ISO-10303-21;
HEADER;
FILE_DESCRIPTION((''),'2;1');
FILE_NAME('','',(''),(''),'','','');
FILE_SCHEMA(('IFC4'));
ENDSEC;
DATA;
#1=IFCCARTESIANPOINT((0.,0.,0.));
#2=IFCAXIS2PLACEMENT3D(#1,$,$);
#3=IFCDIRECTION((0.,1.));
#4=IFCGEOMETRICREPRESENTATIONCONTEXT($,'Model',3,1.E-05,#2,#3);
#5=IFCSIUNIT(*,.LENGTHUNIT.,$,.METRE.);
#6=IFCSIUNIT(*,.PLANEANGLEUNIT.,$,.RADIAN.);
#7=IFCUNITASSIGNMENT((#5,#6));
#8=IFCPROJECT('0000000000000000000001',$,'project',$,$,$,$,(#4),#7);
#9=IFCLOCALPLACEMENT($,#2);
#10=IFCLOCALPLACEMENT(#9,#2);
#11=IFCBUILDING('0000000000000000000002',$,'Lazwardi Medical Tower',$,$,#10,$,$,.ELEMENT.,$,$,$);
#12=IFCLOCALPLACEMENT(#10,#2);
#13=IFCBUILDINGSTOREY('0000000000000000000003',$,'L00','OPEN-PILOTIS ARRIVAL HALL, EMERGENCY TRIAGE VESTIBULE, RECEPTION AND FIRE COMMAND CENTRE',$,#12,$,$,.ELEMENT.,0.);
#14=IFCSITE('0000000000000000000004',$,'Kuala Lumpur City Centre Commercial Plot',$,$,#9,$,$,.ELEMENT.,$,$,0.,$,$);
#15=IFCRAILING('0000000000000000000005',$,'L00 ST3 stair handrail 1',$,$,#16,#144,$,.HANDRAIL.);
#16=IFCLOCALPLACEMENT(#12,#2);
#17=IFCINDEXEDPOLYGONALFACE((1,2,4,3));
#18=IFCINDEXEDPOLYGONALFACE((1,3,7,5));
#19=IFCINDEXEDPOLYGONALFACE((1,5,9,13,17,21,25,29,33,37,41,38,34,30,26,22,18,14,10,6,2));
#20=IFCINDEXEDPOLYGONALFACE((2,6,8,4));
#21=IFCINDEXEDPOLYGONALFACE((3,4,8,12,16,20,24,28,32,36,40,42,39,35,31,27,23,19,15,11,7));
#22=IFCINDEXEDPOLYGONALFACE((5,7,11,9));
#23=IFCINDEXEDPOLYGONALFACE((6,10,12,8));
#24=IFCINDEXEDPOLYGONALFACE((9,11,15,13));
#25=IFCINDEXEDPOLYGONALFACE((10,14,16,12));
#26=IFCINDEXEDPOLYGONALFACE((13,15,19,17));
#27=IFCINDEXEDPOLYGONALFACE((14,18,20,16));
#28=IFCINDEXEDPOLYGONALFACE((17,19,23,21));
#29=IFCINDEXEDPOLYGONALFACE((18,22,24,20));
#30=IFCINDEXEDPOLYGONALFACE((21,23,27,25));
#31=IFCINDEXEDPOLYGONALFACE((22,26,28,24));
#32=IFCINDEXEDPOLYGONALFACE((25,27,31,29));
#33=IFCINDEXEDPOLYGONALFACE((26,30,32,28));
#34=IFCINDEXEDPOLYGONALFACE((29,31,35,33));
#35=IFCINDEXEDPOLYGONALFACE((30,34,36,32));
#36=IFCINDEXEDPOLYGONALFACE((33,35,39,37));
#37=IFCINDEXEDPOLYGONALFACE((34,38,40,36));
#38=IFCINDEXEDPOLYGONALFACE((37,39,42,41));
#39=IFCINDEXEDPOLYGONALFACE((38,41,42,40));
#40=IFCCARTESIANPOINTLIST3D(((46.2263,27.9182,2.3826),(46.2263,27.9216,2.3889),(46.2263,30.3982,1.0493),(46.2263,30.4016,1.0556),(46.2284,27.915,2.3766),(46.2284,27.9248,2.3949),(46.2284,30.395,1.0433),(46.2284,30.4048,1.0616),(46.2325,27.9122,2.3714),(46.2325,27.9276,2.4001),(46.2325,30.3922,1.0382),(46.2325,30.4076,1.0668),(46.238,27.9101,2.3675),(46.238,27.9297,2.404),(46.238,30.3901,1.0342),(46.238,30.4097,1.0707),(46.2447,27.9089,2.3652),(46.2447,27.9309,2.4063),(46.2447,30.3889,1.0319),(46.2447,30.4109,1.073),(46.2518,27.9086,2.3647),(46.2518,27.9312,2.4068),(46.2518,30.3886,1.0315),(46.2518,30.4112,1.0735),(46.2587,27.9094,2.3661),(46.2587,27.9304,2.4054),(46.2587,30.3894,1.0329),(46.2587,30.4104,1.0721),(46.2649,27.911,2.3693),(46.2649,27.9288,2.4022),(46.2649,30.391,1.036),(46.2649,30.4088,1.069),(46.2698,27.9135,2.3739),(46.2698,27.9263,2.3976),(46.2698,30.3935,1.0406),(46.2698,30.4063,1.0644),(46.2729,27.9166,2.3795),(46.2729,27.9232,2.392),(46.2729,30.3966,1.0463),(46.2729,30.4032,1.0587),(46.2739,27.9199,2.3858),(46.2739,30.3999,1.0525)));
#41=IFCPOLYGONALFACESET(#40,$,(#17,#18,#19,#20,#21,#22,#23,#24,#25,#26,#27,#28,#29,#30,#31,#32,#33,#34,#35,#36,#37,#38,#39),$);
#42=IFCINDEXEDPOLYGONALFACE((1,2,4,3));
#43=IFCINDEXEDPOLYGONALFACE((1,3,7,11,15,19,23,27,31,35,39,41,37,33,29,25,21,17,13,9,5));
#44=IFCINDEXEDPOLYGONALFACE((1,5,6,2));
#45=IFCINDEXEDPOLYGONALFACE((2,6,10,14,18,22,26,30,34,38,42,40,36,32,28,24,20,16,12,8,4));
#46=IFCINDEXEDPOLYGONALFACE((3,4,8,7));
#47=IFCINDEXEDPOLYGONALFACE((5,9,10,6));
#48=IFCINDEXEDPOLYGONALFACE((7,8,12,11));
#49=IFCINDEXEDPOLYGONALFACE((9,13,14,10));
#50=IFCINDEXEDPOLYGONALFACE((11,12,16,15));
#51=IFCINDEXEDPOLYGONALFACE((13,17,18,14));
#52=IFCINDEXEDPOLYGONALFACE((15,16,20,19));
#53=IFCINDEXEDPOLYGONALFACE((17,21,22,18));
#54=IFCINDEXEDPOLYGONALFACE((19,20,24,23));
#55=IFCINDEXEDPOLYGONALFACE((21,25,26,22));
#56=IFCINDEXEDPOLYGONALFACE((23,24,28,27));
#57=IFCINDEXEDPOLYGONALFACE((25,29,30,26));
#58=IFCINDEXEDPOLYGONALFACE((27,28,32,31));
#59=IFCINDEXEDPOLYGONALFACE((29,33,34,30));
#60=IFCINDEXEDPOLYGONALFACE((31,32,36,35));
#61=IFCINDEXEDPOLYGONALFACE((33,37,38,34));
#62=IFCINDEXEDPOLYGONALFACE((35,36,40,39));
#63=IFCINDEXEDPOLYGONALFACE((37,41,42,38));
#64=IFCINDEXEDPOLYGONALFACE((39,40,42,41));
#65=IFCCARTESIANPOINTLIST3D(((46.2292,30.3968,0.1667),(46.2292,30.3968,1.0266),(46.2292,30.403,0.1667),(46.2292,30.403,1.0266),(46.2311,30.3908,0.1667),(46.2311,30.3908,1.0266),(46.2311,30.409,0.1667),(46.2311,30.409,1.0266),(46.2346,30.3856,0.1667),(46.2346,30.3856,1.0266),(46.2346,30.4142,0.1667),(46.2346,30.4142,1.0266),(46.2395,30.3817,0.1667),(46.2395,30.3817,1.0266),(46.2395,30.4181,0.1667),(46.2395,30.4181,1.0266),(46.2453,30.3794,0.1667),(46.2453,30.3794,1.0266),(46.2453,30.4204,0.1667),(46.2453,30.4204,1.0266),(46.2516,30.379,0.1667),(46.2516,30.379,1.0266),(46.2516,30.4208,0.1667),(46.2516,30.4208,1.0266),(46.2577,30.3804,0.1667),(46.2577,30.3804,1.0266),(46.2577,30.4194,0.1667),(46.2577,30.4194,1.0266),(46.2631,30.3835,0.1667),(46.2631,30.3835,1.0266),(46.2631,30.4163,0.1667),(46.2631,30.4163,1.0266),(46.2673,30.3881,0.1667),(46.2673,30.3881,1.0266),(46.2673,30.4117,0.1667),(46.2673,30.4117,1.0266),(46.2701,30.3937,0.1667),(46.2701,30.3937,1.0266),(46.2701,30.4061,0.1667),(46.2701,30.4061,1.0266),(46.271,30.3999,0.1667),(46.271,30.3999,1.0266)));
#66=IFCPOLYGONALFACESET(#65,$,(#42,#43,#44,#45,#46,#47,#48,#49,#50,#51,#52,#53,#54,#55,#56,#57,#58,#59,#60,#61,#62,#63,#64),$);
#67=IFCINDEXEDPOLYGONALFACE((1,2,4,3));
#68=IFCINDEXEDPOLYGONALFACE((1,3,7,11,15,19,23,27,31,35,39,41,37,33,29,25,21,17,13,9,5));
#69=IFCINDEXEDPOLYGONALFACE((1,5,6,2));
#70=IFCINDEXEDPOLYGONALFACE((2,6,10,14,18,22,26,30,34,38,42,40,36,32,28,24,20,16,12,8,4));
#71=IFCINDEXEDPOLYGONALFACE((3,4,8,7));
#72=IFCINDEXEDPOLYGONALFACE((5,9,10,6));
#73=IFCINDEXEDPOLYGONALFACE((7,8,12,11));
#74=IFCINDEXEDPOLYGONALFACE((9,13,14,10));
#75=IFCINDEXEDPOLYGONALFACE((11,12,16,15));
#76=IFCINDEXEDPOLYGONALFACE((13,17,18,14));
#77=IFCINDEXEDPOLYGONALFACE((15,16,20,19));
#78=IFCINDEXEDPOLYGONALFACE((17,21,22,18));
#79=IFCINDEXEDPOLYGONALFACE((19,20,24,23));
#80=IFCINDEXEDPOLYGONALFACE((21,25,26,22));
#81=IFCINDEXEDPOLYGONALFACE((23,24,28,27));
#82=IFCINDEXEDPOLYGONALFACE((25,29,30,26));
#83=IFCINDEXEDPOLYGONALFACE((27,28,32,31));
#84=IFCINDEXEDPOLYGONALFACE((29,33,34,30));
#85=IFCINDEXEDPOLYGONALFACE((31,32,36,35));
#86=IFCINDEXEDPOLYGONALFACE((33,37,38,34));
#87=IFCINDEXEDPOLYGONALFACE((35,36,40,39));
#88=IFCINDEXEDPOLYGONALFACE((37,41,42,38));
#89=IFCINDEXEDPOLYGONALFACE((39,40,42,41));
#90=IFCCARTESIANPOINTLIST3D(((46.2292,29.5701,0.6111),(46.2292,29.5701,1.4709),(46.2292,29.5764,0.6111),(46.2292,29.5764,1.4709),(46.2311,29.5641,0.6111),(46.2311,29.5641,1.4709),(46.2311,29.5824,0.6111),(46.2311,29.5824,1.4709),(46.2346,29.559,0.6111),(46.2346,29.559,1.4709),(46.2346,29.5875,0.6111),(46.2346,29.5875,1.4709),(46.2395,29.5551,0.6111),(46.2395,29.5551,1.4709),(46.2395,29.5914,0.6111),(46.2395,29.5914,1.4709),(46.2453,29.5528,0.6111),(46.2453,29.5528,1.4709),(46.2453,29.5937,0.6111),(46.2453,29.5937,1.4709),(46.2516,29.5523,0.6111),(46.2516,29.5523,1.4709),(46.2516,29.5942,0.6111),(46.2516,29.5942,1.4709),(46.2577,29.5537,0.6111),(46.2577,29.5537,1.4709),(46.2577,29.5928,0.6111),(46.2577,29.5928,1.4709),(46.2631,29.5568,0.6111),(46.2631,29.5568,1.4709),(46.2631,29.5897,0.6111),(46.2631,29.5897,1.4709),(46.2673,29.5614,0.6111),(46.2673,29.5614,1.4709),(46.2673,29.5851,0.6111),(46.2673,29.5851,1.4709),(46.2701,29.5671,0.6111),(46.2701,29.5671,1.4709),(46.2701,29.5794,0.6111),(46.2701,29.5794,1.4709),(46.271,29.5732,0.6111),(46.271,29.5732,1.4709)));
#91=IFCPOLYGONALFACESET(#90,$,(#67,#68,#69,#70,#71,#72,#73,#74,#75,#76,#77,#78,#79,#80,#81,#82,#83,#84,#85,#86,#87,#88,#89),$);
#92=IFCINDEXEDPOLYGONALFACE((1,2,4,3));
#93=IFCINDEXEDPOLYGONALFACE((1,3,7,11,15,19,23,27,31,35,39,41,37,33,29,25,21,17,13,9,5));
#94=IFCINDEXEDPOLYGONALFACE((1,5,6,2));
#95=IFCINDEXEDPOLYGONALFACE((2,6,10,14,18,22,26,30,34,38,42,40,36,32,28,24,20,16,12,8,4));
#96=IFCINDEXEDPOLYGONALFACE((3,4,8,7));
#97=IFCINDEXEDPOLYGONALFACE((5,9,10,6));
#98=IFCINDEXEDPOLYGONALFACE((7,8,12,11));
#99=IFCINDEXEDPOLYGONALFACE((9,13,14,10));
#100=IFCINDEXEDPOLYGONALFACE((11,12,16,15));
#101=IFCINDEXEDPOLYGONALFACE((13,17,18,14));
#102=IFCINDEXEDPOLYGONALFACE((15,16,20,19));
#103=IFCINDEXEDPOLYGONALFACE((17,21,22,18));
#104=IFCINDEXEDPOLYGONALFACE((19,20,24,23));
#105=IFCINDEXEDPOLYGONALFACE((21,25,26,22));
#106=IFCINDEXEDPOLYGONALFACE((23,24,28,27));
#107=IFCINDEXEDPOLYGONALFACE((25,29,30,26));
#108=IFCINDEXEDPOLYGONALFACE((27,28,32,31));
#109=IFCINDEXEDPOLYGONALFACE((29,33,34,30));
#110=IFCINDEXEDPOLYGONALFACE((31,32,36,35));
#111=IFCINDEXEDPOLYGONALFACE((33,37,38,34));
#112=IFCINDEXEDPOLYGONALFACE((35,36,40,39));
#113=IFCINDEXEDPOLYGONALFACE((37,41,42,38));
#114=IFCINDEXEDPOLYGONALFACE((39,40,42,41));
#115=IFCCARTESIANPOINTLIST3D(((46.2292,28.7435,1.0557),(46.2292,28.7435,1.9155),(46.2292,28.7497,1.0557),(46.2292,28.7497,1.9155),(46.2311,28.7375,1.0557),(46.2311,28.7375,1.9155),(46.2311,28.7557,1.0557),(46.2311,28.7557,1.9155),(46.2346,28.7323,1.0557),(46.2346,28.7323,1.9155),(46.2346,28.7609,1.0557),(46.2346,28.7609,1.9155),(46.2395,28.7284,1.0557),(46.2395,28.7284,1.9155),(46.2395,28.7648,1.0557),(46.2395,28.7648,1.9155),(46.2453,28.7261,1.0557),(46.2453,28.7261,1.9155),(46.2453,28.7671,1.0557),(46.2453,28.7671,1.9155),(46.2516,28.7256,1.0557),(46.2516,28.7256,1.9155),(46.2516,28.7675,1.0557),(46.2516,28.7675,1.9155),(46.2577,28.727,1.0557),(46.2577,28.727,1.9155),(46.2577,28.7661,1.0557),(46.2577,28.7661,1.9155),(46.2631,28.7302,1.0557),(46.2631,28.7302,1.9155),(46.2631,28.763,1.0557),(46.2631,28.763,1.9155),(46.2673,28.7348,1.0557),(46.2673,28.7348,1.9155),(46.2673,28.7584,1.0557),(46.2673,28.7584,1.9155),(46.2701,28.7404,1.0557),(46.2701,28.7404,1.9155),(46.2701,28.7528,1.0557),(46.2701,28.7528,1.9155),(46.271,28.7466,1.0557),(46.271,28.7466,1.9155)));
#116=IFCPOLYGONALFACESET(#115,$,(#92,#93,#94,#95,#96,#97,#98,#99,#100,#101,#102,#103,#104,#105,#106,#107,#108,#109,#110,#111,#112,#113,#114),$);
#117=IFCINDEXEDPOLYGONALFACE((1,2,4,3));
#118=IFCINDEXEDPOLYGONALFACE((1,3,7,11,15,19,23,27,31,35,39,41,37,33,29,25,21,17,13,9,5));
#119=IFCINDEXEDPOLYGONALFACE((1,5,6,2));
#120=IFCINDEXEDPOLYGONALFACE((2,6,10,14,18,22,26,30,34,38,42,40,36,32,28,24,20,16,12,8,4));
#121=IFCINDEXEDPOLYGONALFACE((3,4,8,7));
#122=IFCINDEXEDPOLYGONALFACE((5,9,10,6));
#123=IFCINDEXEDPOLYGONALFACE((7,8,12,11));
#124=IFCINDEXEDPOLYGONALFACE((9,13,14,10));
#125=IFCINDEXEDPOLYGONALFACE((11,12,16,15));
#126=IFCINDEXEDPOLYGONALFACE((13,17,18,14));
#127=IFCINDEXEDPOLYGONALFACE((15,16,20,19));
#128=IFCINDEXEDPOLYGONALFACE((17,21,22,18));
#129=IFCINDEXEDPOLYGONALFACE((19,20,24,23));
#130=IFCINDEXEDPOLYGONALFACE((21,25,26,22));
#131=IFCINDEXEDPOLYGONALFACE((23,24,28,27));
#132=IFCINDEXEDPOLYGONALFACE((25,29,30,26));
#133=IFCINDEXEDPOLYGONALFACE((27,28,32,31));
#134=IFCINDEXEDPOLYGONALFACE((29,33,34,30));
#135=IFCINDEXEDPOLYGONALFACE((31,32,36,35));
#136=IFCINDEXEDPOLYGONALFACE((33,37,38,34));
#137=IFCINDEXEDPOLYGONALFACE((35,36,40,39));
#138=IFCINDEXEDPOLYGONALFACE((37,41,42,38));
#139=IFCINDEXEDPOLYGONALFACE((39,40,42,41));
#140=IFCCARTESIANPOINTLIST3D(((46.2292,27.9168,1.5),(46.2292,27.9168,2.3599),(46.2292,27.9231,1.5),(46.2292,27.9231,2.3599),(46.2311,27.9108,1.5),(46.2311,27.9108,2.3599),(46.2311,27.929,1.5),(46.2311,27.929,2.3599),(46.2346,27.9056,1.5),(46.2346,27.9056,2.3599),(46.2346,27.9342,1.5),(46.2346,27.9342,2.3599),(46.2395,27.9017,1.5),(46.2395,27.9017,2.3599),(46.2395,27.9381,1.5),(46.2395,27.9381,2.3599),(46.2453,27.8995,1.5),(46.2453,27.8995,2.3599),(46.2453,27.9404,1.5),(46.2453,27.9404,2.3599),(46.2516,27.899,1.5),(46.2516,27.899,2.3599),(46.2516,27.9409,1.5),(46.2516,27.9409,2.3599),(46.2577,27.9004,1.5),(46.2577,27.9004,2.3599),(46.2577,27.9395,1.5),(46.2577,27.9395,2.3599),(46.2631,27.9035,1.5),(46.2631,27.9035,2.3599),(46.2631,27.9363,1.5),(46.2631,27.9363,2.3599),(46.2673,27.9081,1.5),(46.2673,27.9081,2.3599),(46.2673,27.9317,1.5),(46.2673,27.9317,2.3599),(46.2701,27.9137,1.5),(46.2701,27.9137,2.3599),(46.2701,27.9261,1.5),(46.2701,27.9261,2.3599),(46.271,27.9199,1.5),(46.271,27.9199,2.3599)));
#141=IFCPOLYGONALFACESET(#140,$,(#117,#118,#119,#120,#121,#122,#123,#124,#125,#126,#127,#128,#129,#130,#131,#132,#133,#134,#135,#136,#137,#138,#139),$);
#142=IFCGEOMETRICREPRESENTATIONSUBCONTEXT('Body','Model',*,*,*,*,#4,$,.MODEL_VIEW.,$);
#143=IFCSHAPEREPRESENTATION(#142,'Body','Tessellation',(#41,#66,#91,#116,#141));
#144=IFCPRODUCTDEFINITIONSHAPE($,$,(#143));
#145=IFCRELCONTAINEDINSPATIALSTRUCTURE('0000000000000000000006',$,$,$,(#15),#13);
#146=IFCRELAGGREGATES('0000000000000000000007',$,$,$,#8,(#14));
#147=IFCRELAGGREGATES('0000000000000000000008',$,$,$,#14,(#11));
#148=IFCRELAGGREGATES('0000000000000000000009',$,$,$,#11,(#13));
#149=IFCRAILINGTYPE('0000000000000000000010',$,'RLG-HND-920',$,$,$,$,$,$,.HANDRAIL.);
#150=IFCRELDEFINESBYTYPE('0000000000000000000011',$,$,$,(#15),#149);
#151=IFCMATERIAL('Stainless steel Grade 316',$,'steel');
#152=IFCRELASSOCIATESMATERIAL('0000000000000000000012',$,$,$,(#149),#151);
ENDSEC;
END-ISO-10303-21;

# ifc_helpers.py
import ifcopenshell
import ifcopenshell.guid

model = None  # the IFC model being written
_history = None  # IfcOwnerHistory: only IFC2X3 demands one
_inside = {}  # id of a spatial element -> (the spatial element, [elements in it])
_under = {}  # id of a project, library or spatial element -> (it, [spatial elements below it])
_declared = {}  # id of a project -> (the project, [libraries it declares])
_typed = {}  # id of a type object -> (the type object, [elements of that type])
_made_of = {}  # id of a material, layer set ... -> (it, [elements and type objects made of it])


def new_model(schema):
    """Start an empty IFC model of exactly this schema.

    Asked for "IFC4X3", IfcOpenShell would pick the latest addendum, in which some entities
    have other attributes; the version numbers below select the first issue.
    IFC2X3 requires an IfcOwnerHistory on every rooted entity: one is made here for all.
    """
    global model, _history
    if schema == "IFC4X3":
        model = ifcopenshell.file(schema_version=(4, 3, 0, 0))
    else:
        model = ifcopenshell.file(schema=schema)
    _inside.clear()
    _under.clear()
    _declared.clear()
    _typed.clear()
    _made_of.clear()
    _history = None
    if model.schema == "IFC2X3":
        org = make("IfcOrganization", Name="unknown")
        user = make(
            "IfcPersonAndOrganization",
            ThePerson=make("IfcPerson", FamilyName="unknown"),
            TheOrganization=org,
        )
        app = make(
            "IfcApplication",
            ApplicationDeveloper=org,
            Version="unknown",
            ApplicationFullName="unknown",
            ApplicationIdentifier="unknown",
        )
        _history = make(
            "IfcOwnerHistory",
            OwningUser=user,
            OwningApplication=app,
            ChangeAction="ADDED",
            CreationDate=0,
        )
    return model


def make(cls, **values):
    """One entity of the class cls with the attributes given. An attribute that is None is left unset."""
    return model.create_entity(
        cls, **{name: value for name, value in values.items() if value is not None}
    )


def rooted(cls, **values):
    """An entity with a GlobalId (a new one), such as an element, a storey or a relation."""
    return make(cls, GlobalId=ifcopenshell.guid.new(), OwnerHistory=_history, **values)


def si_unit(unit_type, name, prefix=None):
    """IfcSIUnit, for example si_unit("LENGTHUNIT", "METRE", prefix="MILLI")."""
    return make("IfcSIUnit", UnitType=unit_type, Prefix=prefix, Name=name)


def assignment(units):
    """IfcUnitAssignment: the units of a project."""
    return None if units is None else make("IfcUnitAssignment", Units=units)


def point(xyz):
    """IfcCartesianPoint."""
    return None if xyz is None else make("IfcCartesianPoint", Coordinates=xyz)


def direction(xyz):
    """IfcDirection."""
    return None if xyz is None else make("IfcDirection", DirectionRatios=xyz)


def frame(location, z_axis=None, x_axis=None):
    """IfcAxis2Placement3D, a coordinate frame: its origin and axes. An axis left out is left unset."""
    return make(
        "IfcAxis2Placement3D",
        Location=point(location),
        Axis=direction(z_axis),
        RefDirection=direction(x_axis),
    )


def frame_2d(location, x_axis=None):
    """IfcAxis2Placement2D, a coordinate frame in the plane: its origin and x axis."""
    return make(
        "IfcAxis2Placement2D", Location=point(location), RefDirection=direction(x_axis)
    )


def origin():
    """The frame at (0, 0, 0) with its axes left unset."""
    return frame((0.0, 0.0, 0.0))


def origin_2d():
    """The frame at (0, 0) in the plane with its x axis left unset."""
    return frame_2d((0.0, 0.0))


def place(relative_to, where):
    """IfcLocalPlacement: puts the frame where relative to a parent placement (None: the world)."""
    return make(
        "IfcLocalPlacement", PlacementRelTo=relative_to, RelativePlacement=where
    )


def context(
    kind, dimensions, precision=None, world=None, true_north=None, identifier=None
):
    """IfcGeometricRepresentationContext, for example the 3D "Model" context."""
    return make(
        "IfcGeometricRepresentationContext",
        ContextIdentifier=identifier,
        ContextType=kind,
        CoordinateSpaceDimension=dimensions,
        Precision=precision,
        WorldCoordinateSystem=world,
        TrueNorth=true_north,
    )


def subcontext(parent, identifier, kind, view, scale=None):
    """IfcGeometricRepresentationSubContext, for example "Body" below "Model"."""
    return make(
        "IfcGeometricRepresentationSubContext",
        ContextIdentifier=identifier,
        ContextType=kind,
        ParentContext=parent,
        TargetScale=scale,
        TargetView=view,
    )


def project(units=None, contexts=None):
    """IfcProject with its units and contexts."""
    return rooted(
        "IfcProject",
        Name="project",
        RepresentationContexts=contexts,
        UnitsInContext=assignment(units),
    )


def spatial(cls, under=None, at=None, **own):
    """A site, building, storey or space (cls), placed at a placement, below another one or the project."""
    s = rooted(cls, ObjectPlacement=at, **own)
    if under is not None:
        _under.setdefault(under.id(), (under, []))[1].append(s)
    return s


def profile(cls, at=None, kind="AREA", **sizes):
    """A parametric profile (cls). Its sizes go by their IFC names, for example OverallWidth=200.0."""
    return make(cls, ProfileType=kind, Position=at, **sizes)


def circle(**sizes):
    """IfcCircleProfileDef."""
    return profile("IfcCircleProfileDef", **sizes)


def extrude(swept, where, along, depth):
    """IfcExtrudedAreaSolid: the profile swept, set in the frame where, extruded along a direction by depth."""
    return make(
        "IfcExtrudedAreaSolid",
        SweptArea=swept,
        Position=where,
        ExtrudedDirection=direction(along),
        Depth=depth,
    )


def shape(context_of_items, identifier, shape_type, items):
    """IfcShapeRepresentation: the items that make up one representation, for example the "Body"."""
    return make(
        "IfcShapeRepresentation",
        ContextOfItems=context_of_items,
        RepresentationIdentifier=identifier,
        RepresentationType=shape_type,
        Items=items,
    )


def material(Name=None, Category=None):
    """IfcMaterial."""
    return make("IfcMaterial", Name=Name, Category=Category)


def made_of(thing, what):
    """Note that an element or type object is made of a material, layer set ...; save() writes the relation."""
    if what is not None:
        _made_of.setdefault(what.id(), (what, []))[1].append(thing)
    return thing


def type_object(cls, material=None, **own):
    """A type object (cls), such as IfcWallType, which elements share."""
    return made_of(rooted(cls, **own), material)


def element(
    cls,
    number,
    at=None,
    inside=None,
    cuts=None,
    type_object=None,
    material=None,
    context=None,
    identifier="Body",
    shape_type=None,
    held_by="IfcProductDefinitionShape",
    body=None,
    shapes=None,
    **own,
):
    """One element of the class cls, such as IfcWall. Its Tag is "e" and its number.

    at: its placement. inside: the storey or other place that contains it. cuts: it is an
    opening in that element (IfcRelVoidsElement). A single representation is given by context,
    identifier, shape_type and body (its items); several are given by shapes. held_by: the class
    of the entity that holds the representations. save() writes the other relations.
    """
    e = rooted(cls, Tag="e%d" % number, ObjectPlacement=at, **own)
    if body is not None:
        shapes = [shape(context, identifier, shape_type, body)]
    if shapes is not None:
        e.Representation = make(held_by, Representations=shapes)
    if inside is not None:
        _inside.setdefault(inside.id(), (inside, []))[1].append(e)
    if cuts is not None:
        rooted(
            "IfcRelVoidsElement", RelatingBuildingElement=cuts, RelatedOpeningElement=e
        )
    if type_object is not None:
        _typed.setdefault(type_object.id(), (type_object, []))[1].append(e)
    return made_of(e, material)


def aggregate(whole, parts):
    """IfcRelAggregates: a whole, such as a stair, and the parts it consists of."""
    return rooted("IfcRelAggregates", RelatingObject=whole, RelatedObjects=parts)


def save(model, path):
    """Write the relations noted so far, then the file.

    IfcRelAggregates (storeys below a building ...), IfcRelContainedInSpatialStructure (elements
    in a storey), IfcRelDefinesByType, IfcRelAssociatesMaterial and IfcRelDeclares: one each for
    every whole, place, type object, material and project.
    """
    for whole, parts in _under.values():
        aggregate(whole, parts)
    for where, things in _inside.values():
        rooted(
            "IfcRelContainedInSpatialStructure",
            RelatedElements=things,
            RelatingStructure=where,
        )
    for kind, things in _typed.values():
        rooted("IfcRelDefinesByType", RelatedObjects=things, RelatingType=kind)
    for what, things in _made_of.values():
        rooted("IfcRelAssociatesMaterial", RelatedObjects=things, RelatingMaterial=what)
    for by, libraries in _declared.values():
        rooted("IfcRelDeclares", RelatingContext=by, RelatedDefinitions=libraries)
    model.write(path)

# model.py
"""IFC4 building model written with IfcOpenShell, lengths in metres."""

from ifc_helpers import new_model, si_unit, direction, frame, origin, origin_2d, place, context, subcontext, project, spatial, circle, extrude, material, type_object, element, save


model = new_model("IFC4")

# Units and contexts
model_context = context("Model", 3, precision=1e-05, world=origin(), true_north=direction((0.0, 1.0)))
body_context = subcontext(model_context, "Body", "Model", "MODEL_VIEW")
ifc_project = project(units=[si_unit("LENGTHUNIT", "METRE"), si_unit("PLANEANGLEUNIT", "RADIAN")], contexts=[model_context])

# Site, building, storey
site_placement = place(None, origin())
site = spatial("IfcSite", under=ifc_project, at=site_placement, Name="Kuala Lumpur City Centre Commercial Plot", CompositionType="ELEMENT", RefElevation=0.0)
building_placement = place(site_placement, origin())
building = spatial("IfcBuilding", under=site, at=building_placement, Name="Lazwardi Medical Tower", CompositionType="ELEMENT")
storey_placement = place(building_placement, origin())
storey = spatial("IfcBuildingStorey", under=building, at=storey_placement, Name="L00", Description="OPEN-PILOTIS ARRIVAL HALL, EMERGENCY TRIAGE VESTIBULE, RECEPTION AND FIRE COMMAND CENTRE", CompositionType="ELEMENT", Elevation=0.0)

# Railing
ifc_material_1 = material(Name="Stainless steel Grade 316", Category="steel")
railing_type_1 = type_object("IfcRailingType", Name="RLG-HND-920", PredefinedType="HANDRAIL", material=ifc_material_1)
for number, where, name in (
    (1, (46.25, 30.3999, 0.1667), "L00 ST3 stair handrail 1"),
):
    element("IfcRailing", number, at=place(storey_placement, frame(where)), inside=storey, type_object=railing_type_1, Name=name, PredefinedType="HANDRAIL", context=body_context, shape_type="SweptSolid", body=[
        extrude(circle(Radius=0.0239, at=origin_2d()), frame((0.0, 0.0, 0.8857), z_axis=(0.0, -0.880786, 0.473515), x_axis=(1.0, 0.0, 0.0)), (0.0, 0.0, 1.0), 2.8157),
        extrude(circle(Radius=0.021, at=origin_2d()), origin(), (0.0, 0.0, 1.0), 0.8599),
        extrude(circle(Radius=0.021, at=origin_2d()), frame((0.0, -0.8267, 0.4443)), (0.0, 0.0, 1.0), 0.8599),
        extrude(circle(Radius=0.021, at=origin_2d()), frame((0.0, -1.6533, 0.8889)), (0.0, 0.0, 1.0), 0.8599),
        extrude(circle(Radius=0.021, at=origin_2d()), frame((0.0, -2.48, 1.3333)), (0.0, 0.0, 1.0), 0.8599),
    ])

save(model, "model.ifc")
